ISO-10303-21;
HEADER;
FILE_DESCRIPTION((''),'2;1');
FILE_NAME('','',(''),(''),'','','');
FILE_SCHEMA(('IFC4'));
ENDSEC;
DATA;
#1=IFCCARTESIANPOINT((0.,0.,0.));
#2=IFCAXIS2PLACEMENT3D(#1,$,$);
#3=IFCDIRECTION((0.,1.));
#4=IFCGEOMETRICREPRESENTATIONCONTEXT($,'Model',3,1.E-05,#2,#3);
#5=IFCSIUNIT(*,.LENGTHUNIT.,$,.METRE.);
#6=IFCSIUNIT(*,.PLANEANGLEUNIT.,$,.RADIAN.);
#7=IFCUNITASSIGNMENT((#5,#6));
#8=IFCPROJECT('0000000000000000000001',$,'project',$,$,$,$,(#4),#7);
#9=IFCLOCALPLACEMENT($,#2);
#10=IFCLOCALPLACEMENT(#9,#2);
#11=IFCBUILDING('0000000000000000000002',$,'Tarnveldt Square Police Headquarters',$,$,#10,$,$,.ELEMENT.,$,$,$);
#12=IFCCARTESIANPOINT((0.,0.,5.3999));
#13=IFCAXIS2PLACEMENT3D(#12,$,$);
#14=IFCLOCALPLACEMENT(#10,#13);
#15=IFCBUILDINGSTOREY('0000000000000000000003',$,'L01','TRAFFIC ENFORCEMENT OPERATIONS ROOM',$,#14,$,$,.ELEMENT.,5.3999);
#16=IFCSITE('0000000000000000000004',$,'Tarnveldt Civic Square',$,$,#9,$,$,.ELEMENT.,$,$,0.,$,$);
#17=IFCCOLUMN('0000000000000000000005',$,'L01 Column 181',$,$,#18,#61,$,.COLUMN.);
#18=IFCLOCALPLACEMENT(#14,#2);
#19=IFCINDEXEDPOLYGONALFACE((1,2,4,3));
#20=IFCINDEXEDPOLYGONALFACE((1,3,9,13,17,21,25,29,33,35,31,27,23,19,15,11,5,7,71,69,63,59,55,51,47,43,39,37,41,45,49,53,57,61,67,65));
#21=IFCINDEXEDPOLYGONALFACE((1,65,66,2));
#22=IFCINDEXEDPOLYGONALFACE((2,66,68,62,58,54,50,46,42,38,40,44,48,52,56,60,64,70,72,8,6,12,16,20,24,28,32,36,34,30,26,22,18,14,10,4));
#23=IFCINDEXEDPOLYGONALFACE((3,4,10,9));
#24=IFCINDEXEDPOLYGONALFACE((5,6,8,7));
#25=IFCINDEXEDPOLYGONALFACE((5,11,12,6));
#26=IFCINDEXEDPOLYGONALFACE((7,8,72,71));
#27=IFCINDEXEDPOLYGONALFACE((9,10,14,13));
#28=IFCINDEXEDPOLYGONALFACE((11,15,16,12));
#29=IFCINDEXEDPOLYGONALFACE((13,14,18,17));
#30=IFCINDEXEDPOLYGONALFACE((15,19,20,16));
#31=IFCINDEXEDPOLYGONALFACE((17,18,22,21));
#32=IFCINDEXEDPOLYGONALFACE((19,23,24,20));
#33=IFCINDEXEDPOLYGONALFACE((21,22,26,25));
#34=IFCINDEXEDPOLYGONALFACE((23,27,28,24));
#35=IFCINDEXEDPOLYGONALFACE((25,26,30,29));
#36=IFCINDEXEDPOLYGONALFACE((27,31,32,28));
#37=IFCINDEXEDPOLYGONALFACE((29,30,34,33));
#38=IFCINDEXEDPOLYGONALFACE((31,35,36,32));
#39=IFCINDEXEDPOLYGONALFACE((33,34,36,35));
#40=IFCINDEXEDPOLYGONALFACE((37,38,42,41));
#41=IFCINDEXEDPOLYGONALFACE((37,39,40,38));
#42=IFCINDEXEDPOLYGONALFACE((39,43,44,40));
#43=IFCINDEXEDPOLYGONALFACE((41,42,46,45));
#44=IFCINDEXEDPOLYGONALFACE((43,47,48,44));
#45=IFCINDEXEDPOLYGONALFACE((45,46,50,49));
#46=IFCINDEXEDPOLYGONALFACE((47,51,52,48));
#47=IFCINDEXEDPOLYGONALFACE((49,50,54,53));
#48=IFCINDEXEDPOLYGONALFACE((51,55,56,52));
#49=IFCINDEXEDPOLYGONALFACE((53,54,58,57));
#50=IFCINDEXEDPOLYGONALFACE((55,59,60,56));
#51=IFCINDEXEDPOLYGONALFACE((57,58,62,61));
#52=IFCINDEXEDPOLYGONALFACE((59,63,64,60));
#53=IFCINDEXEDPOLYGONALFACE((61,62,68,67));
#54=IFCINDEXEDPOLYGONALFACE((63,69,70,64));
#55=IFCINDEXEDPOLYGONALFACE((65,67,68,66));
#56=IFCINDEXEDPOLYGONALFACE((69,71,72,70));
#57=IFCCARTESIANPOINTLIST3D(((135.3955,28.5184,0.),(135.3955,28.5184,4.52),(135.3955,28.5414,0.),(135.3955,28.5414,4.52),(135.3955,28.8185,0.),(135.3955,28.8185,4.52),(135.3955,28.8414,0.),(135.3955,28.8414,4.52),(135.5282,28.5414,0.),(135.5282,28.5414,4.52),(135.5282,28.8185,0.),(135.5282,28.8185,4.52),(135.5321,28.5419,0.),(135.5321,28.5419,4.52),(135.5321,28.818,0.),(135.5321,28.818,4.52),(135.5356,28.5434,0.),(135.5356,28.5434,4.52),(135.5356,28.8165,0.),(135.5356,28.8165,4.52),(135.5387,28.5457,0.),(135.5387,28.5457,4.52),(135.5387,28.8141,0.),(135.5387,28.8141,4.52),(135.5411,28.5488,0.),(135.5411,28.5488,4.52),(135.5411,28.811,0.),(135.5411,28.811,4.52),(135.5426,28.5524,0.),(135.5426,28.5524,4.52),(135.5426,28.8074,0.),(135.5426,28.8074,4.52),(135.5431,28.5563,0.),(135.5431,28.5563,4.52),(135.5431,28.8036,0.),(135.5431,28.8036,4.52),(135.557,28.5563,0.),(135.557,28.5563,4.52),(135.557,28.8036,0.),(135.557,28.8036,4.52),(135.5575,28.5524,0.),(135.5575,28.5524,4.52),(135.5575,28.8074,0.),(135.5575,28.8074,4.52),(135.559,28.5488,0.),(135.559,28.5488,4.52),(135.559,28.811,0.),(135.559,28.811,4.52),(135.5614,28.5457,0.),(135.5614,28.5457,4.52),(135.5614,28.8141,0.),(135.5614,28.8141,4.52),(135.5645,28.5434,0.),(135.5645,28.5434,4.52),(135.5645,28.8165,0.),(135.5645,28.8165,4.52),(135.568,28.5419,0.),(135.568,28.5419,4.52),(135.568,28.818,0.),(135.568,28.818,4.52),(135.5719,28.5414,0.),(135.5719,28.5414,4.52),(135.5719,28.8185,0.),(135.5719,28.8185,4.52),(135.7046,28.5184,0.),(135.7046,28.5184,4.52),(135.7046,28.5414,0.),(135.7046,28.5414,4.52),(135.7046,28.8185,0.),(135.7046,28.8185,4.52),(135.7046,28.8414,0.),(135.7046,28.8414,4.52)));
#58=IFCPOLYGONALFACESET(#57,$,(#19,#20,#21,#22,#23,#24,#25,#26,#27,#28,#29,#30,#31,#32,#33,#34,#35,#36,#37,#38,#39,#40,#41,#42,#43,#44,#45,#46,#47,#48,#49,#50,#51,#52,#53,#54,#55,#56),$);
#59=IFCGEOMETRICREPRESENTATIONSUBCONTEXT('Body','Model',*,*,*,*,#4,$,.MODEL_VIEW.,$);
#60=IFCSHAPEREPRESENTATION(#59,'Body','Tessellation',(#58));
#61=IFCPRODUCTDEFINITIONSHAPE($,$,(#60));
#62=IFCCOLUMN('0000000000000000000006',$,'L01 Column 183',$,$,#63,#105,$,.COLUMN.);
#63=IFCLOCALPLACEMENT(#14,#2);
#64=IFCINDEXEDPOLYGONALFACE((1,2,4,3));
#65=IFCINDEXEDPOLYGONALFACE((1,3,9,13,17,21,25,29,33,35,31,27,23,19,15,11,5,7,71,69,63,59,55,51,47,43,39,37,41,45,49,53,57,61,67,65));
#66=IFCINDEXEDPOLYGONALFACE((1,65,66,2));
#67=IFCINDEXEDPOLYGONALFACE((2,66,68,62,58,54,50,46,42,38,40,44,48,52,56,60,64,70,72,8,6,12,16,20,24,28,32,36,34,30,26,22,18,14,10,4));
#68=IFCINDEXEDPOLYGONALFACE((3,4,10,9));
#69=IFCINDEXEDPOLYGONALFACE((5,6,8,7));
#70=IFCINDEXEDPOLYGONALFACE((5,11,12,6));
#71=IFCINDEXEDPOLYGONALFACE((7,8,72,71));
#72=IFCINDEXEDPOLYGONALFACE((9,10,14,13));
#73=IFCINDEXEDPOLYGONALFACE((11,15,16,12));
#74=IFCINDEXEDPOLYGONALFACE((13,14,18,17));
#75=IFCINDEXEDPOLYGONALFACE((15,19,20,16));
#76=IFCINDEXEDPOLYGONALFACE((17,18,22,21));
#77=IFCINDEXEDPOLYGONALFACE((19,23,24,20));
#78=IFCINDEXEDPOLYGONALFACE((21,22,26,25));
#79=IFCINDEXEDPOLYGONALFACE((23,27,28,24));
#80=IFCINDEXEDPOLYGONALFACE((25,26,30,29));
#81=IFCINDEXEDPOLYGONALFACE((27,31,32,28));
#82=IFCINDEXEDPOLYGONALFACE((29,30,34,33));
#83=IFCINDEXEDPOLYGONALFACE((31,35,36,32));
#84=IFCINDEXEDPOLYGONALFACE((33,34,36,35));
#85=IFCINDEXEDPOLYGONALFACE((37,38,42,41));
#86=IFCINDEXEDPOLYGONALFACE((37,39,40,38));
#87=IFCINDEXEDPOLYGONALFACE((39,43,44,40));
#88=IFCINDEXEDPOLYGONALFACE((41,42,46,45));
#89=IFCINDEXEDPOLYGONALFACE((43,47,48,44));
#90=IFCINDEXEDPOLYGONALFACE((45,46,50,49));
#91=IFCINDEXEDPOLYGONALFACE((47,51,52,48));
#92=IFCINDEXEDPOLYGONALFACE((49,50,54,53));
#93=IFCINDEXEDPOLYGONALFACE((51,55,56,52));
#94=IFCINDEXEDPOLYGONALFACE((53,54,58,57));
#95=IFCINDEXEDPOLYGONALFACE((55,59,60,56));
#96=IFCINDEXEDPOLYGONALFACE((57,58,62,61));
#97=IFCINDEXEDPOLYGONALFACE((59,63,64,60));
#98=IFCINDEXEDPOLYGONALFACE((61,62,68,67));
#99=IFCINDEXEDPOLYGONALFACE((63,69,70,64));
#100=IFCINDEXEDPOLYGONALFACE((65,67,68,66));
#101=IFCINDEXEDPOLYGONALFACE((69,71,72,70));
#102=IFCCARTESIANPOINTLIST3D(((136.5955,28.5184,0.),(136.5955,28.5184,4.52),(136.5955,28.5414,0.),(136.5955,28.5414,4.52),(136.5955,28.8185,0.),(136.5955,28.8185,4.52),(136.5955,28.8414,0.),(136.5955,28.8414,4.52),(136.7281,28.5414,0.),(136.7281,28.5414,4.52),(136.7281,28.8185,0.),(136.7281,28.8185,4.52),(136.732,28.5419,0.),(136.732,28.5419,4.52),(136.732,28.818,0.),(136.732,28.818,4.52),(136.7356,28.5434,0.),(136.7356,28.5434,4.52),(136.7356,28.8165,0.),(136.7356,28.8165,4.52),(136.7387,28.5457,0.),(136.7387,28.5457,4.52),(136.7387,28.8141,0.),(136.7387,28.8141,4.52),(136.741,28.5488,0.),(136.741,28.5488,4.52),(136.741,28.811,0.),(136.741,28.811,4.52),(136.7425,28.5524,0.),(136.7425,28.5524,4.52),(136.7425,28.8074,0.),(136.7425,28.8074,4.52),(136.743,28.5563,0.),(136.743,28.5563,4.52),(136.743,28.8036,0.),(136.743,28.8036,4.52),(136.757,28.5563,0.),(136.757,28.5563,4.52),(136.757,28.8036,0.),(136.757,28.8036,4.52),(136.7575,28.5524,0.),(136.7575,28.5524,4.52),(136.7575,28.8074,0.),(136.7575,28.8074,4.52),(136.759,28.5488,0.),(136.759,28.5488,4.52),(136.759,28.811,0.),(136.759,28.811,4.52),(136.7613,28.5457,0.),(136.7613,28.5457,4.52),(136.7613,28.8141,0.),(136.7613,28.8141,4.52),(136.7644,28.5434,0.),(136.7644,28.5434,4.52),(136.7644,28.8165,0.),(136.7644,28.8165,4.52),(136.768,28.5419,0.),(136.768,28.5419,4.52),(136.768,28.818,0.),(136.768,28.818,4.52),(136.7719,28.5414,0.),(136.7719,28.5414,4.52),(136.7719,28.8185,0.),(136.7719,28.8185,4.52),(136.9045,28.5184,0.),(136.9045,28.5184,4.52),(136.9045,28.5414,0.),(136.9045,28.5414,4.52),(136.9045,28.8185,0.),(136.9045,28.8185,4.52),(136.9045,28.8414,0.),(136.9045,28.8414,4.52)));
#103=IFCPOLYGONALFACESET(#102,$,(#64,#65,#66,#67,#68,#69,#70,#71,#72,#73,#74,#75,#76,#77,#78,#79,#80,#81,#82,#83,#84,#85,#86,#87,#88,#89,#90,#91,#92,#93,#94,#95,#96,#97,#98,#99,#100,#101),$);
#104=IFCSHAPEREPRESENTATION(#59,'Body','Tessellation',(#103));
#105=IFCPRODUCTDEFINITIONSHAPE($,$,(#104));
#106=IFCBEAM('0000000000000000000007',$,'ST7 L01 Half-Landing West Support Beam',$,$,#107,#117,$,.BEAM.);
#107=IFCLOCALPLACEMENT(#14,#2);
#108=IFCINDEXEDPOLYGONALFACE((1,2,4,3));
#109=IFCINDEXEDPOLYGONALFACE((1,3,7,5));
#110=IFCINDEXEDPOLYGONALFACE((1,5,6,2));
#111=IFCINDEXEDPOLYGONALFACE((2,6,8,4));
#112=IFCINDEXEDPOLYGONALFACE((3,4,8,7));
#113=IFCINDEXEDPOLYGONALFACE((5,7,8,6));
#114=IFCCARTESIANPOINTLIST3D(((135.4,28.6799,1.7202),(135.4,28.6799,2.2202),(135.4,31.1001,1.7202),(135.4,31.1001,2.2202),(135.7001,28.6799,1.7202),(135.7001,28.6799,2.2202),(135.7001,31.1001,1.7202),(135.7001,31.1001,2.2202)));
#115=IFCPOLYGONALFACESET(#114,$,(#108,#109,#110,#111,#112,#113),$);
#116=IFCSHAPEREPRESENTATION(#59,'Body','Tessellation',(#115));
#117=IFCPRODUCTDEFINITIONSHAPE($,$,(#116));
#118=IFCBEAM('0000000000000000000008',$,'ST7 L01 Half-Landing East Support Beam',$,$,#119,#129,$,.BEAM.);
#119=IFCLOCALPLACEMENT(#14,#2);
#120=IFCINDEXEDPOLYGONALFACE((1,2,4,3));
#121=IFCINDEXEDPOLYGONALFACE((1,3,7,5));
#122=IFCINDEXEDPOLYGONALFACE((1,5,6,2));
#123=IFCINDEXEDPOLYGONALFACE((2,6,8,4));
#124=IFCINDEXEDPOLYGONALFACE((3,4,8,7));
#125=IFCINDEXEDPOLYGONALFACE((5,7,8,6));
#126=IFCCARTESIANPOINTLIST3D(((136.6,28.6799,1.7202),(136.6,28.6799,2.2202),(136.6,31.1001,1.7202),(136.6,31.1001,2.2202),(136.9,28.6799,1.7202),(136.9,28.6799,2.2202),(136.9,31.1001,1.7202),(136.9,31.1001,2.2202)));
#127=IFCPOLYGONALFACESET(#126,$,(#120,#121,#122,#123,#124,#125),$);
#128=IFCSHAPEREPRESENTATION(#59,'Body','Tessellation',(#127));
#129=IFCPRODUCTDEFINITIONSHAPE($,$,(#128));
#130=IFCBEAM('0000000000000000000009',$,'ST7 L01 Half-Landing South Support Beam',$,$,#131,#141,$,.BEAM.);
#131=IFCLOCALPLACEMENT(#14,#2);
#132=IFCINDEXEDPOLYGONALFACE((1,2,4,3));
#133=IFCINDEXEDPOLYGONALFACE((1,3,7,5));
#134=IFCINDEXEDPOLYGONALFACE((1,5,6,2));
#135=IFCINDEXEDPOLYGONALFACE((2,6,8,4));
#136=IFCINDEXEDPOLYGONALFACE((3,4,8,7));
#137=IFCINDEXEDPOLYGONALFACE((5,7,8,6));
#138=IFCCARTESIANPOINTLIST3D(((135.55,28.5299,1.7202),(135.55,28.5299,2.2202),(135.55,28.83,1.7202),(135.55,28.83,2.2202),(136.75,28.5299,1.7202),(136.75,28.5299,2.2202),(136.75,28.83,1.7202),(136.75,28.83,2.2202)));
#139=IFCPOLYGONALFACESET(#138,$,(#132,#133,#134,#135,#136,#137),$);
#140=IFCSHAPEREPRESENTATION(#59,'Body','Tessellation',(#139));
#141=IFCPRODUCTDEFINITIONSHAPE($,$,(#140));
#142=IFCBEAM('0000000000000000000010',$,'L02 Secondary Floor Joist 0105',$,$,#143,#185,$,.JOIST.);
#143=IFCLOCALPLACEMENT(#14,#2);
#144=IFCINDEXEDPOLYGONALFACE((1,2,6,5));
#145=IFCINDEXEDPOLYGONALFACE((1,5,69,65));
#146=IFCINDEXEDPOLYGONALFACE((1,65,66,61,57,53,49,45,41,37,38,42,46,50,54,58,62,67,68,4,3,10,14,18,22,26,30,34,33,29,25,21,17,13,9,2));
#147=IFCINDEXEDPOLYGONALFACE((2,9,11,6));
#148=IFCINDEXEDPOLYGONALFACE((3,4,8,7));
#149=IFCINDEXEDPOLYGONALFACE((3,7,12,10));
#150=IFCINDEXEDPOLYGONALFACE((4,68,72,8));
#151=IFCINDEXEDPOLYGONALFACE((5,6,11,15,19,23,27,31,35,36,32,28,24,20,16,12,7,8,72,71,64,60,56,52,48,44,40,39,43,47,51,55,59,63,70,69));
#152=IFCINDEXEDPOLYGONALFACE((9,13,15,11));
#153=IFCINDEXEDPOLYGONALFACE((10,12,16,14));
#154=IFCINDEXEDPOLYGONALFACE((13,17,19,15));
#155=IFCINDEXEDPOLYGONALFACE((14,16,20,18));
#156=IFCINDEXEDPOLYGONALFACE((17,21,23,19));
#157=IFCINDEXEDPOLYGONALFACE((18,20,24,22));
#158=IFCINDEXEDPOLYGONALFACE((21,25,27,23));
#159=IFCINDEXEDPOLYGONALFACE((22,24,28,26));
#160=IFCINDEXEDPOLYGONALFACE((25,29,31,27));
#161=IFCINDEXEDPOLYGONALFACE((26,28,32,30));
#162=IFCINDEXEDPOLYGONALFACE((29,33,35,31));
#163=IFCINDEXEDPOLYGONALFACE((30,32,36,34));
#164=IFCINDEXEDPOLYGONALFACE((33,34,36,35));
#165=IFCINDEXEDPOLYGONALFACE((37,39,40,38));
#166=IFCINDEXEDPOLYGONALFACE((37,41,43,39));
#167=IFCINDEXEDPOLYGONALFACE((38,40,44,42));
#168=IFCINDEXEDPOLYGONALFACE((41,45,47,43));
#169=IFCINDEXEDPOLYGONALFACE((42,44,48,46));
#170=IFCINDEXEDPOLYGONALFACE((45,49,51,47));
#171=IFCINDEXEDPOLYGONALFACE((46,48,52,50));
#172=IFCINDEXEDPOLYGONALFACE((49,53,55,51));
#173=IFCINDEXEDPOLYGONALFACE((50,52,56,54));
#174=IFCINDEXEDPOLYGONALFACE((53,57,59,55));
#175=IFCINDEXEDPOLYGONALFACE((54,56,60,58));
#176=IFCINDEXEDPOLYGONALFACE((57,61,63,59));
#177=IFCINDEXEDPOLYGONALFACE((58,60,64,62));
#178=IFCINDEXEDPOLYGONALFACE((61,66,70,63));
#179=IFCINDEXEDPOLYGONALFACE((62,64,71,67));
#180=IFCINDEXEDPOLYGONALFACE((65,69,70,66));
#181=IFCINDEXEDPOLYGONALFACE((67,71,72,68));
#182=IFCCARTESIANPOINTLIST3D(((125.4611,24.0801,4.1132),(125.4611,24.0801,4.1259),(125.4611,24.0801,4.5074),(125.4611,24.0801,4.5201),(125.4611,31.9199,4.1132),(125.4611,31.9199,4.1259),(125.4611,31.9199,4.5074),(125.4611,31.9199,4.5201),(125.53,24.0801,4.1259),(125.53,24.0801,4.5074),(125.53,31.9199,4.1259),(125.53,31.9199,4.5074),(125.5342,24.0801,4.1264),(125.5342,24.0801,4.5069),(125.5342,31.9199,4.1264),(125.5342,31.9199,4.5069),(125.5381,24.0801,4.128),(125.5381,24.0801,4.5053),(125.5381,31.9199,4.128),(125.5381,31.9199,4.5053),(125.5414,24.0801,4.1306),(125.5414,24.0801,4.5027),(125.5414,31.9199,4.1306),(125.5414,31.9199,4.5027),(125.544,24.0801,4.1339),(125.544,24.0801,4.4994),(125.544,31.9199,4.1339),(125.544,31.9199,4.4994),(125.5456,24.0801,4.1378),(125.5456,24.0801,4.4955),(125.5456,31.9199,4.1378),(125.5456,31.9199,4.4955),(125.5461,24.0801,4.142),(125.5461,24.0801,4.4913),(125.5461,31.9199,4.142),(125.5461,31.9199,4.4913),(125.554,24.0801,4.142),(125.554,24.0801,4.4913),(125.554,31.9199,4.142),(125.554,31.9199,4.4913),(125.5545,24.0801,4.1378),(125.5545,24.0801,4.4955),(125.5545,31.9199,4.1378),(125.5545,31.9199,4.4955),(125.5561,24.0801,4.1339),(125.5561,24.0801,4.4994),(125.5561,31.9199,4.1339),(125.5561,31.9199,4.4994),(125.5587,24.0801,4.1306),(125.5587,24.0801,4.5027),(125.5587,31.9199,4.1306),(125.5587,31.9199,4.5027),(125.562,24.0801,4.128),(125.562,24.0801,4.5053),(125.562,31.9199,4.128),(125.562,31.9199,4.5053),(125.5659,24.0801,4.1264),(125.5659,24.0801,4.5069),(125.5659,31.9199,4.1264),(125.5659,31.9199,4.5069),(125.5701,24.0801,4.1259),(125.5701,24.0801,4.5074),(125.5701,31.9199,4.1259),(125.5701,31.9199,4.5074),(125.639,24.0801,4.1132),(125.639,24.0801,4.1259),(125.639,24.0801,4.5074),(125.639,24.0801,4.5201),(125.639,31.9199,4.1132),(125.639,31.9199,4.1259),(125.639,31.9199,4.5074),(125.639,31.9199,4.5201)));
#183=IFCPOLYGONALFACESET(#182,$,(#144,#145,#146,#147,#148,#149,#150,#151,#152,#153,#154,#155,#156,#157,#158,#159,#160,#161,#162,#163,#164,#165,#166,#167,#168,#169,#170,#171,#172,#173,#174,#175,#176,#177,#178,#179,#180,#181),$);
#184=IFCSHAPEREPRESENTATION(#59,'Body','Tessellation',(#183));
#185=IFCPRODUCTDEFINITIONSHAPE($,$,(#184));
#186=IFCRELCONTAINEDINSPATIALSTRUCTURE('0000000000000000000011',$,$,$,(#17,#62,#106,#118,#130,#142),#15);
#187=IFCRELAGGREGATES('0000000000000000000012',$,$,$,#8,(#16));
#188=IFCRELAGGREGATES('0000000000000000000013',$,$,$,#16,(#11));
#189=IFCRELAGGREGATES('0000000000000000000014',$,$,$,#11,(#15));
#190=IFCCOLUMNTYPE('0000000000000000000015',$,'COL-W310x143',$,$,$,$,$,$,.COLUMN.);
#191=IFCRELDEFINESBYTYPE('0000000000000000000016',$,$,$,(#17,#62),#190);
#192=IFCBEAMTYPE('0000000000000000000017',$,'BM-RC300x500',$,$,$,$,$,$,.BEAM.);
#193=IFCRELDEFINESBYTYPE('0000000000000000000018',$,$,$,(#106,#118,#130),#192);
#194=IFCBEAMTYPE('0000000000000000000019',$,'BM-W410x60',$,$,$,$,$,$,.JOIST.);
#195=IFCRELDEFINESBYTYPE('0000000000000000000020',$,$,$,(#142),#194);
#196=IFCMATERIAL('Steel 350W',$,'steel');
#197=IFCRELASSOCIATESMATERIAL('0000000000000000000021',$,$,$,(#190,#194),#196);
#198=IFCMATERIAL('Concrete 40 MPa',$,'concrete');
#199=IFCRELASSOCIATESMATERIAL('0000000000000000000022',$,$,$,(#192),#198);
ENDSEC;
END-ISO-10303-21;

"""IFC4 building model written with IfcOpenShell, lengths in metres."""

from ifc_helpers import new_model, si_unit, direction, frame, origin, origin_2d, place, context, subcontext, project, spatial, rectangle, i_section, extrude, material, material_profile, profile_set, type_object, element, save


model = new_model("IFC4")

# Units and contexts
model_context = context("Model", 3, precision=1e-05, world=origin(), true_north=direction((0.0, 1.0)))
body_context = subcontext(model_context, "Body", "Model", "MODEL_VIEW")
ifc_project = project(units=[si_unit("LENGTHUNIT", "METRE"), si_unit("PLANEANGLEUNIT", "RADIAN")], contexts=[model_context])

# Site, building, storey
site_placement = place(None, origin())
site = spatial("IfcSite", under=ifc_project, at=site_placement, Name="Tarnveldt Civic Square", CompositionType="ELEMENT", RefElevation=0.0)
building_placement = place(site_placement, origin())
building = spatial("IfcBuilding", under=site, at=building_placement, Name="Tarnveldt Square Police Headquarters", CompositionType="ELEMENT")
storey_placement = place(building_placement, frame((0.0, 0.0, 5.3999)))
storey = spatial("IfcBuildingStorey", under=building, at=storey_placement, Name="L01", Description="TRAFFIC ENFORCEMENT OPERATIONS ROOM", CompositionType="ELEMENT", Elevation=5.3999)

# Columns
ifc_material_1 = material(Name="Steel 350W", Category="steel")
ifc_material_profile_1 = material_profile(ifc_material_1, i_section(OverallWidth=0.3091, OverallDepth=0.323, WebThickness=0.0139, FlangeThickness=0.0229, FilletRadius=0.0149, at=origin_2d()), Name="W310x143")
ifc_profile_set_1 = profile_set([ifc_material_profile_1], Name="Steel 350W")
column_type = type_object("IfcColumnType", Name="COL-W310x143", PredefinedType="COLUMN", material=ifc_profile_set_1)
for number, where, z_axis, x_axis, name in (
    (1, (135.55, 28.6799, 0.0), (0.0, 0.0, 1.0), (1.0, 0.0, 0.0), "L01 Column 181"),
    (2, (136.75, 28.6799, 0.0), (0.0, 0.0, 1.0), (1.0, 0.0, 0.0), "L01 Column 183"),
):
    element("IfcColumn", number, at=place(storey_placement, frame(where, z_axis=z_axis, x_axis=x_axis)), inside=storey, type_object=column_type, Name=name, PredefinedType="COLUMN", context=body_context, shape_type="SweptSolid", body=[
        extrude(i_section(OverallWidth=0.3091, OverallDepth=0.323, WebThickness=0.0139, FlangeThickness=0.0229, FilletRadius=0.0149, at=origin_2d()), origin(), (0.0, 0.0, 1.0), 4.52),
    ])

# Beams
ifc_material_2 = material(Name="Concrete 40 MPa", Category="concrete")
ifc_material_profile_2 = material_profile(ifc_material_2, rectangle(XDim=0.3, YDim=0.5, at=origin_2d()), Name="RC-B300x500")
ifc_profile_set_2 = profile_set([ifc_material_profile_2], Name="Concrete 40 MPa")
beam_type_1 = type_object("IfcBeamType", Name="BM-RC300x500", PredefinedType="BEAM", material=ifc_profile_set_2)
for number, where, z_axis, x_axis, name in (
    (3, (135.55, 28.6799, 1.9702), (0.0, 1.0, 0.0), (-1.0, 0.0, 0.0), "ST7 L01 Half-Landing West Support Beam"),
    (4, (136.75, 28.6799, 1.9702), (0.0, 1.0, 0.0), (-1.0, 0.0, 0.0), "ST7 L01 Half-Landing East Support Beam"),
):
    element("IfcBeam", number, at=place(storey_placement, frame(where, z_axis=z_axis, x_axis=x_axis)), inside=storey, type_object=beam_type_1, Name=name, PredefinedType="BEAM", context=body_context, shape_type="SweptSolid", body=[
        extrude(rectangle(XDim=0.3, YDim=0.5, at=origin_2d()), origin(), (0.0, 0.0, 1.0), 2.4202),
    ])
beam_1_placement = place(storey_placement, frame((135.55, 28.6799, 1.9702), z_axis=(1.0, 0.0, 0.0), x_axis=(0.0, 1.0, 0.0)))
element("IfcBeam", 5, at=beam_1_placement, inside=storey, type_object=beam_type_1, Name="ST7 L01 Half-Landing South Support Beam", PredefinedType="BEAM", context=body_context, shape_type="SweptSolid", body=[
    extrude(rectangle(XDim=0.3, YDim=0.5, at=origin_2d()), origin(), (0.0, 0.0, 1.0), 1.2),
])
ifc_material_profile_3 = material_profile(ifc_material_1, i_section(OverallWidth=0.178, OverallDepth=0.407, WebThickness=0.0078, FlangeThickness=0.0127, FilletRadius=0.0161, at=origin_2d()), Name="W410x60")
ifc_profile_set_3 = profile_set([ifc_material_profile_3], Name="Steel 350W")
beam_type_2 = type_object("IfcBeamType", Name="BM-W410x60", PredefinedType="JOIST", material=ifc_profile_set_3)
beam_2_placement = place(storey_placement, frame((125.55, 24.0801, 4.3167), z_axis=(0.0, 1.0, 0.0), x_axis=(-1.0, 0.0, 0.0)))
element("IfcBeam", 6, at=beam_2_placement, inside=storey, type_object=beam_type_2, Name="L02 Secondary Floor Joist 0105", PredefinedType="JOIST", context=body_context, shape_type="SweptSolid", body=[
    extrude(i_section(OverallWidth=0.178, OverallDepth=0.407, WebThickness=0.0078, FlangeThickness=0.0127, FilletRadius=0.0161, at=origin_2d()), origin(), (0.0, 0.0, 1.0), 7.8398),
])

save(model, "model.ifc")
